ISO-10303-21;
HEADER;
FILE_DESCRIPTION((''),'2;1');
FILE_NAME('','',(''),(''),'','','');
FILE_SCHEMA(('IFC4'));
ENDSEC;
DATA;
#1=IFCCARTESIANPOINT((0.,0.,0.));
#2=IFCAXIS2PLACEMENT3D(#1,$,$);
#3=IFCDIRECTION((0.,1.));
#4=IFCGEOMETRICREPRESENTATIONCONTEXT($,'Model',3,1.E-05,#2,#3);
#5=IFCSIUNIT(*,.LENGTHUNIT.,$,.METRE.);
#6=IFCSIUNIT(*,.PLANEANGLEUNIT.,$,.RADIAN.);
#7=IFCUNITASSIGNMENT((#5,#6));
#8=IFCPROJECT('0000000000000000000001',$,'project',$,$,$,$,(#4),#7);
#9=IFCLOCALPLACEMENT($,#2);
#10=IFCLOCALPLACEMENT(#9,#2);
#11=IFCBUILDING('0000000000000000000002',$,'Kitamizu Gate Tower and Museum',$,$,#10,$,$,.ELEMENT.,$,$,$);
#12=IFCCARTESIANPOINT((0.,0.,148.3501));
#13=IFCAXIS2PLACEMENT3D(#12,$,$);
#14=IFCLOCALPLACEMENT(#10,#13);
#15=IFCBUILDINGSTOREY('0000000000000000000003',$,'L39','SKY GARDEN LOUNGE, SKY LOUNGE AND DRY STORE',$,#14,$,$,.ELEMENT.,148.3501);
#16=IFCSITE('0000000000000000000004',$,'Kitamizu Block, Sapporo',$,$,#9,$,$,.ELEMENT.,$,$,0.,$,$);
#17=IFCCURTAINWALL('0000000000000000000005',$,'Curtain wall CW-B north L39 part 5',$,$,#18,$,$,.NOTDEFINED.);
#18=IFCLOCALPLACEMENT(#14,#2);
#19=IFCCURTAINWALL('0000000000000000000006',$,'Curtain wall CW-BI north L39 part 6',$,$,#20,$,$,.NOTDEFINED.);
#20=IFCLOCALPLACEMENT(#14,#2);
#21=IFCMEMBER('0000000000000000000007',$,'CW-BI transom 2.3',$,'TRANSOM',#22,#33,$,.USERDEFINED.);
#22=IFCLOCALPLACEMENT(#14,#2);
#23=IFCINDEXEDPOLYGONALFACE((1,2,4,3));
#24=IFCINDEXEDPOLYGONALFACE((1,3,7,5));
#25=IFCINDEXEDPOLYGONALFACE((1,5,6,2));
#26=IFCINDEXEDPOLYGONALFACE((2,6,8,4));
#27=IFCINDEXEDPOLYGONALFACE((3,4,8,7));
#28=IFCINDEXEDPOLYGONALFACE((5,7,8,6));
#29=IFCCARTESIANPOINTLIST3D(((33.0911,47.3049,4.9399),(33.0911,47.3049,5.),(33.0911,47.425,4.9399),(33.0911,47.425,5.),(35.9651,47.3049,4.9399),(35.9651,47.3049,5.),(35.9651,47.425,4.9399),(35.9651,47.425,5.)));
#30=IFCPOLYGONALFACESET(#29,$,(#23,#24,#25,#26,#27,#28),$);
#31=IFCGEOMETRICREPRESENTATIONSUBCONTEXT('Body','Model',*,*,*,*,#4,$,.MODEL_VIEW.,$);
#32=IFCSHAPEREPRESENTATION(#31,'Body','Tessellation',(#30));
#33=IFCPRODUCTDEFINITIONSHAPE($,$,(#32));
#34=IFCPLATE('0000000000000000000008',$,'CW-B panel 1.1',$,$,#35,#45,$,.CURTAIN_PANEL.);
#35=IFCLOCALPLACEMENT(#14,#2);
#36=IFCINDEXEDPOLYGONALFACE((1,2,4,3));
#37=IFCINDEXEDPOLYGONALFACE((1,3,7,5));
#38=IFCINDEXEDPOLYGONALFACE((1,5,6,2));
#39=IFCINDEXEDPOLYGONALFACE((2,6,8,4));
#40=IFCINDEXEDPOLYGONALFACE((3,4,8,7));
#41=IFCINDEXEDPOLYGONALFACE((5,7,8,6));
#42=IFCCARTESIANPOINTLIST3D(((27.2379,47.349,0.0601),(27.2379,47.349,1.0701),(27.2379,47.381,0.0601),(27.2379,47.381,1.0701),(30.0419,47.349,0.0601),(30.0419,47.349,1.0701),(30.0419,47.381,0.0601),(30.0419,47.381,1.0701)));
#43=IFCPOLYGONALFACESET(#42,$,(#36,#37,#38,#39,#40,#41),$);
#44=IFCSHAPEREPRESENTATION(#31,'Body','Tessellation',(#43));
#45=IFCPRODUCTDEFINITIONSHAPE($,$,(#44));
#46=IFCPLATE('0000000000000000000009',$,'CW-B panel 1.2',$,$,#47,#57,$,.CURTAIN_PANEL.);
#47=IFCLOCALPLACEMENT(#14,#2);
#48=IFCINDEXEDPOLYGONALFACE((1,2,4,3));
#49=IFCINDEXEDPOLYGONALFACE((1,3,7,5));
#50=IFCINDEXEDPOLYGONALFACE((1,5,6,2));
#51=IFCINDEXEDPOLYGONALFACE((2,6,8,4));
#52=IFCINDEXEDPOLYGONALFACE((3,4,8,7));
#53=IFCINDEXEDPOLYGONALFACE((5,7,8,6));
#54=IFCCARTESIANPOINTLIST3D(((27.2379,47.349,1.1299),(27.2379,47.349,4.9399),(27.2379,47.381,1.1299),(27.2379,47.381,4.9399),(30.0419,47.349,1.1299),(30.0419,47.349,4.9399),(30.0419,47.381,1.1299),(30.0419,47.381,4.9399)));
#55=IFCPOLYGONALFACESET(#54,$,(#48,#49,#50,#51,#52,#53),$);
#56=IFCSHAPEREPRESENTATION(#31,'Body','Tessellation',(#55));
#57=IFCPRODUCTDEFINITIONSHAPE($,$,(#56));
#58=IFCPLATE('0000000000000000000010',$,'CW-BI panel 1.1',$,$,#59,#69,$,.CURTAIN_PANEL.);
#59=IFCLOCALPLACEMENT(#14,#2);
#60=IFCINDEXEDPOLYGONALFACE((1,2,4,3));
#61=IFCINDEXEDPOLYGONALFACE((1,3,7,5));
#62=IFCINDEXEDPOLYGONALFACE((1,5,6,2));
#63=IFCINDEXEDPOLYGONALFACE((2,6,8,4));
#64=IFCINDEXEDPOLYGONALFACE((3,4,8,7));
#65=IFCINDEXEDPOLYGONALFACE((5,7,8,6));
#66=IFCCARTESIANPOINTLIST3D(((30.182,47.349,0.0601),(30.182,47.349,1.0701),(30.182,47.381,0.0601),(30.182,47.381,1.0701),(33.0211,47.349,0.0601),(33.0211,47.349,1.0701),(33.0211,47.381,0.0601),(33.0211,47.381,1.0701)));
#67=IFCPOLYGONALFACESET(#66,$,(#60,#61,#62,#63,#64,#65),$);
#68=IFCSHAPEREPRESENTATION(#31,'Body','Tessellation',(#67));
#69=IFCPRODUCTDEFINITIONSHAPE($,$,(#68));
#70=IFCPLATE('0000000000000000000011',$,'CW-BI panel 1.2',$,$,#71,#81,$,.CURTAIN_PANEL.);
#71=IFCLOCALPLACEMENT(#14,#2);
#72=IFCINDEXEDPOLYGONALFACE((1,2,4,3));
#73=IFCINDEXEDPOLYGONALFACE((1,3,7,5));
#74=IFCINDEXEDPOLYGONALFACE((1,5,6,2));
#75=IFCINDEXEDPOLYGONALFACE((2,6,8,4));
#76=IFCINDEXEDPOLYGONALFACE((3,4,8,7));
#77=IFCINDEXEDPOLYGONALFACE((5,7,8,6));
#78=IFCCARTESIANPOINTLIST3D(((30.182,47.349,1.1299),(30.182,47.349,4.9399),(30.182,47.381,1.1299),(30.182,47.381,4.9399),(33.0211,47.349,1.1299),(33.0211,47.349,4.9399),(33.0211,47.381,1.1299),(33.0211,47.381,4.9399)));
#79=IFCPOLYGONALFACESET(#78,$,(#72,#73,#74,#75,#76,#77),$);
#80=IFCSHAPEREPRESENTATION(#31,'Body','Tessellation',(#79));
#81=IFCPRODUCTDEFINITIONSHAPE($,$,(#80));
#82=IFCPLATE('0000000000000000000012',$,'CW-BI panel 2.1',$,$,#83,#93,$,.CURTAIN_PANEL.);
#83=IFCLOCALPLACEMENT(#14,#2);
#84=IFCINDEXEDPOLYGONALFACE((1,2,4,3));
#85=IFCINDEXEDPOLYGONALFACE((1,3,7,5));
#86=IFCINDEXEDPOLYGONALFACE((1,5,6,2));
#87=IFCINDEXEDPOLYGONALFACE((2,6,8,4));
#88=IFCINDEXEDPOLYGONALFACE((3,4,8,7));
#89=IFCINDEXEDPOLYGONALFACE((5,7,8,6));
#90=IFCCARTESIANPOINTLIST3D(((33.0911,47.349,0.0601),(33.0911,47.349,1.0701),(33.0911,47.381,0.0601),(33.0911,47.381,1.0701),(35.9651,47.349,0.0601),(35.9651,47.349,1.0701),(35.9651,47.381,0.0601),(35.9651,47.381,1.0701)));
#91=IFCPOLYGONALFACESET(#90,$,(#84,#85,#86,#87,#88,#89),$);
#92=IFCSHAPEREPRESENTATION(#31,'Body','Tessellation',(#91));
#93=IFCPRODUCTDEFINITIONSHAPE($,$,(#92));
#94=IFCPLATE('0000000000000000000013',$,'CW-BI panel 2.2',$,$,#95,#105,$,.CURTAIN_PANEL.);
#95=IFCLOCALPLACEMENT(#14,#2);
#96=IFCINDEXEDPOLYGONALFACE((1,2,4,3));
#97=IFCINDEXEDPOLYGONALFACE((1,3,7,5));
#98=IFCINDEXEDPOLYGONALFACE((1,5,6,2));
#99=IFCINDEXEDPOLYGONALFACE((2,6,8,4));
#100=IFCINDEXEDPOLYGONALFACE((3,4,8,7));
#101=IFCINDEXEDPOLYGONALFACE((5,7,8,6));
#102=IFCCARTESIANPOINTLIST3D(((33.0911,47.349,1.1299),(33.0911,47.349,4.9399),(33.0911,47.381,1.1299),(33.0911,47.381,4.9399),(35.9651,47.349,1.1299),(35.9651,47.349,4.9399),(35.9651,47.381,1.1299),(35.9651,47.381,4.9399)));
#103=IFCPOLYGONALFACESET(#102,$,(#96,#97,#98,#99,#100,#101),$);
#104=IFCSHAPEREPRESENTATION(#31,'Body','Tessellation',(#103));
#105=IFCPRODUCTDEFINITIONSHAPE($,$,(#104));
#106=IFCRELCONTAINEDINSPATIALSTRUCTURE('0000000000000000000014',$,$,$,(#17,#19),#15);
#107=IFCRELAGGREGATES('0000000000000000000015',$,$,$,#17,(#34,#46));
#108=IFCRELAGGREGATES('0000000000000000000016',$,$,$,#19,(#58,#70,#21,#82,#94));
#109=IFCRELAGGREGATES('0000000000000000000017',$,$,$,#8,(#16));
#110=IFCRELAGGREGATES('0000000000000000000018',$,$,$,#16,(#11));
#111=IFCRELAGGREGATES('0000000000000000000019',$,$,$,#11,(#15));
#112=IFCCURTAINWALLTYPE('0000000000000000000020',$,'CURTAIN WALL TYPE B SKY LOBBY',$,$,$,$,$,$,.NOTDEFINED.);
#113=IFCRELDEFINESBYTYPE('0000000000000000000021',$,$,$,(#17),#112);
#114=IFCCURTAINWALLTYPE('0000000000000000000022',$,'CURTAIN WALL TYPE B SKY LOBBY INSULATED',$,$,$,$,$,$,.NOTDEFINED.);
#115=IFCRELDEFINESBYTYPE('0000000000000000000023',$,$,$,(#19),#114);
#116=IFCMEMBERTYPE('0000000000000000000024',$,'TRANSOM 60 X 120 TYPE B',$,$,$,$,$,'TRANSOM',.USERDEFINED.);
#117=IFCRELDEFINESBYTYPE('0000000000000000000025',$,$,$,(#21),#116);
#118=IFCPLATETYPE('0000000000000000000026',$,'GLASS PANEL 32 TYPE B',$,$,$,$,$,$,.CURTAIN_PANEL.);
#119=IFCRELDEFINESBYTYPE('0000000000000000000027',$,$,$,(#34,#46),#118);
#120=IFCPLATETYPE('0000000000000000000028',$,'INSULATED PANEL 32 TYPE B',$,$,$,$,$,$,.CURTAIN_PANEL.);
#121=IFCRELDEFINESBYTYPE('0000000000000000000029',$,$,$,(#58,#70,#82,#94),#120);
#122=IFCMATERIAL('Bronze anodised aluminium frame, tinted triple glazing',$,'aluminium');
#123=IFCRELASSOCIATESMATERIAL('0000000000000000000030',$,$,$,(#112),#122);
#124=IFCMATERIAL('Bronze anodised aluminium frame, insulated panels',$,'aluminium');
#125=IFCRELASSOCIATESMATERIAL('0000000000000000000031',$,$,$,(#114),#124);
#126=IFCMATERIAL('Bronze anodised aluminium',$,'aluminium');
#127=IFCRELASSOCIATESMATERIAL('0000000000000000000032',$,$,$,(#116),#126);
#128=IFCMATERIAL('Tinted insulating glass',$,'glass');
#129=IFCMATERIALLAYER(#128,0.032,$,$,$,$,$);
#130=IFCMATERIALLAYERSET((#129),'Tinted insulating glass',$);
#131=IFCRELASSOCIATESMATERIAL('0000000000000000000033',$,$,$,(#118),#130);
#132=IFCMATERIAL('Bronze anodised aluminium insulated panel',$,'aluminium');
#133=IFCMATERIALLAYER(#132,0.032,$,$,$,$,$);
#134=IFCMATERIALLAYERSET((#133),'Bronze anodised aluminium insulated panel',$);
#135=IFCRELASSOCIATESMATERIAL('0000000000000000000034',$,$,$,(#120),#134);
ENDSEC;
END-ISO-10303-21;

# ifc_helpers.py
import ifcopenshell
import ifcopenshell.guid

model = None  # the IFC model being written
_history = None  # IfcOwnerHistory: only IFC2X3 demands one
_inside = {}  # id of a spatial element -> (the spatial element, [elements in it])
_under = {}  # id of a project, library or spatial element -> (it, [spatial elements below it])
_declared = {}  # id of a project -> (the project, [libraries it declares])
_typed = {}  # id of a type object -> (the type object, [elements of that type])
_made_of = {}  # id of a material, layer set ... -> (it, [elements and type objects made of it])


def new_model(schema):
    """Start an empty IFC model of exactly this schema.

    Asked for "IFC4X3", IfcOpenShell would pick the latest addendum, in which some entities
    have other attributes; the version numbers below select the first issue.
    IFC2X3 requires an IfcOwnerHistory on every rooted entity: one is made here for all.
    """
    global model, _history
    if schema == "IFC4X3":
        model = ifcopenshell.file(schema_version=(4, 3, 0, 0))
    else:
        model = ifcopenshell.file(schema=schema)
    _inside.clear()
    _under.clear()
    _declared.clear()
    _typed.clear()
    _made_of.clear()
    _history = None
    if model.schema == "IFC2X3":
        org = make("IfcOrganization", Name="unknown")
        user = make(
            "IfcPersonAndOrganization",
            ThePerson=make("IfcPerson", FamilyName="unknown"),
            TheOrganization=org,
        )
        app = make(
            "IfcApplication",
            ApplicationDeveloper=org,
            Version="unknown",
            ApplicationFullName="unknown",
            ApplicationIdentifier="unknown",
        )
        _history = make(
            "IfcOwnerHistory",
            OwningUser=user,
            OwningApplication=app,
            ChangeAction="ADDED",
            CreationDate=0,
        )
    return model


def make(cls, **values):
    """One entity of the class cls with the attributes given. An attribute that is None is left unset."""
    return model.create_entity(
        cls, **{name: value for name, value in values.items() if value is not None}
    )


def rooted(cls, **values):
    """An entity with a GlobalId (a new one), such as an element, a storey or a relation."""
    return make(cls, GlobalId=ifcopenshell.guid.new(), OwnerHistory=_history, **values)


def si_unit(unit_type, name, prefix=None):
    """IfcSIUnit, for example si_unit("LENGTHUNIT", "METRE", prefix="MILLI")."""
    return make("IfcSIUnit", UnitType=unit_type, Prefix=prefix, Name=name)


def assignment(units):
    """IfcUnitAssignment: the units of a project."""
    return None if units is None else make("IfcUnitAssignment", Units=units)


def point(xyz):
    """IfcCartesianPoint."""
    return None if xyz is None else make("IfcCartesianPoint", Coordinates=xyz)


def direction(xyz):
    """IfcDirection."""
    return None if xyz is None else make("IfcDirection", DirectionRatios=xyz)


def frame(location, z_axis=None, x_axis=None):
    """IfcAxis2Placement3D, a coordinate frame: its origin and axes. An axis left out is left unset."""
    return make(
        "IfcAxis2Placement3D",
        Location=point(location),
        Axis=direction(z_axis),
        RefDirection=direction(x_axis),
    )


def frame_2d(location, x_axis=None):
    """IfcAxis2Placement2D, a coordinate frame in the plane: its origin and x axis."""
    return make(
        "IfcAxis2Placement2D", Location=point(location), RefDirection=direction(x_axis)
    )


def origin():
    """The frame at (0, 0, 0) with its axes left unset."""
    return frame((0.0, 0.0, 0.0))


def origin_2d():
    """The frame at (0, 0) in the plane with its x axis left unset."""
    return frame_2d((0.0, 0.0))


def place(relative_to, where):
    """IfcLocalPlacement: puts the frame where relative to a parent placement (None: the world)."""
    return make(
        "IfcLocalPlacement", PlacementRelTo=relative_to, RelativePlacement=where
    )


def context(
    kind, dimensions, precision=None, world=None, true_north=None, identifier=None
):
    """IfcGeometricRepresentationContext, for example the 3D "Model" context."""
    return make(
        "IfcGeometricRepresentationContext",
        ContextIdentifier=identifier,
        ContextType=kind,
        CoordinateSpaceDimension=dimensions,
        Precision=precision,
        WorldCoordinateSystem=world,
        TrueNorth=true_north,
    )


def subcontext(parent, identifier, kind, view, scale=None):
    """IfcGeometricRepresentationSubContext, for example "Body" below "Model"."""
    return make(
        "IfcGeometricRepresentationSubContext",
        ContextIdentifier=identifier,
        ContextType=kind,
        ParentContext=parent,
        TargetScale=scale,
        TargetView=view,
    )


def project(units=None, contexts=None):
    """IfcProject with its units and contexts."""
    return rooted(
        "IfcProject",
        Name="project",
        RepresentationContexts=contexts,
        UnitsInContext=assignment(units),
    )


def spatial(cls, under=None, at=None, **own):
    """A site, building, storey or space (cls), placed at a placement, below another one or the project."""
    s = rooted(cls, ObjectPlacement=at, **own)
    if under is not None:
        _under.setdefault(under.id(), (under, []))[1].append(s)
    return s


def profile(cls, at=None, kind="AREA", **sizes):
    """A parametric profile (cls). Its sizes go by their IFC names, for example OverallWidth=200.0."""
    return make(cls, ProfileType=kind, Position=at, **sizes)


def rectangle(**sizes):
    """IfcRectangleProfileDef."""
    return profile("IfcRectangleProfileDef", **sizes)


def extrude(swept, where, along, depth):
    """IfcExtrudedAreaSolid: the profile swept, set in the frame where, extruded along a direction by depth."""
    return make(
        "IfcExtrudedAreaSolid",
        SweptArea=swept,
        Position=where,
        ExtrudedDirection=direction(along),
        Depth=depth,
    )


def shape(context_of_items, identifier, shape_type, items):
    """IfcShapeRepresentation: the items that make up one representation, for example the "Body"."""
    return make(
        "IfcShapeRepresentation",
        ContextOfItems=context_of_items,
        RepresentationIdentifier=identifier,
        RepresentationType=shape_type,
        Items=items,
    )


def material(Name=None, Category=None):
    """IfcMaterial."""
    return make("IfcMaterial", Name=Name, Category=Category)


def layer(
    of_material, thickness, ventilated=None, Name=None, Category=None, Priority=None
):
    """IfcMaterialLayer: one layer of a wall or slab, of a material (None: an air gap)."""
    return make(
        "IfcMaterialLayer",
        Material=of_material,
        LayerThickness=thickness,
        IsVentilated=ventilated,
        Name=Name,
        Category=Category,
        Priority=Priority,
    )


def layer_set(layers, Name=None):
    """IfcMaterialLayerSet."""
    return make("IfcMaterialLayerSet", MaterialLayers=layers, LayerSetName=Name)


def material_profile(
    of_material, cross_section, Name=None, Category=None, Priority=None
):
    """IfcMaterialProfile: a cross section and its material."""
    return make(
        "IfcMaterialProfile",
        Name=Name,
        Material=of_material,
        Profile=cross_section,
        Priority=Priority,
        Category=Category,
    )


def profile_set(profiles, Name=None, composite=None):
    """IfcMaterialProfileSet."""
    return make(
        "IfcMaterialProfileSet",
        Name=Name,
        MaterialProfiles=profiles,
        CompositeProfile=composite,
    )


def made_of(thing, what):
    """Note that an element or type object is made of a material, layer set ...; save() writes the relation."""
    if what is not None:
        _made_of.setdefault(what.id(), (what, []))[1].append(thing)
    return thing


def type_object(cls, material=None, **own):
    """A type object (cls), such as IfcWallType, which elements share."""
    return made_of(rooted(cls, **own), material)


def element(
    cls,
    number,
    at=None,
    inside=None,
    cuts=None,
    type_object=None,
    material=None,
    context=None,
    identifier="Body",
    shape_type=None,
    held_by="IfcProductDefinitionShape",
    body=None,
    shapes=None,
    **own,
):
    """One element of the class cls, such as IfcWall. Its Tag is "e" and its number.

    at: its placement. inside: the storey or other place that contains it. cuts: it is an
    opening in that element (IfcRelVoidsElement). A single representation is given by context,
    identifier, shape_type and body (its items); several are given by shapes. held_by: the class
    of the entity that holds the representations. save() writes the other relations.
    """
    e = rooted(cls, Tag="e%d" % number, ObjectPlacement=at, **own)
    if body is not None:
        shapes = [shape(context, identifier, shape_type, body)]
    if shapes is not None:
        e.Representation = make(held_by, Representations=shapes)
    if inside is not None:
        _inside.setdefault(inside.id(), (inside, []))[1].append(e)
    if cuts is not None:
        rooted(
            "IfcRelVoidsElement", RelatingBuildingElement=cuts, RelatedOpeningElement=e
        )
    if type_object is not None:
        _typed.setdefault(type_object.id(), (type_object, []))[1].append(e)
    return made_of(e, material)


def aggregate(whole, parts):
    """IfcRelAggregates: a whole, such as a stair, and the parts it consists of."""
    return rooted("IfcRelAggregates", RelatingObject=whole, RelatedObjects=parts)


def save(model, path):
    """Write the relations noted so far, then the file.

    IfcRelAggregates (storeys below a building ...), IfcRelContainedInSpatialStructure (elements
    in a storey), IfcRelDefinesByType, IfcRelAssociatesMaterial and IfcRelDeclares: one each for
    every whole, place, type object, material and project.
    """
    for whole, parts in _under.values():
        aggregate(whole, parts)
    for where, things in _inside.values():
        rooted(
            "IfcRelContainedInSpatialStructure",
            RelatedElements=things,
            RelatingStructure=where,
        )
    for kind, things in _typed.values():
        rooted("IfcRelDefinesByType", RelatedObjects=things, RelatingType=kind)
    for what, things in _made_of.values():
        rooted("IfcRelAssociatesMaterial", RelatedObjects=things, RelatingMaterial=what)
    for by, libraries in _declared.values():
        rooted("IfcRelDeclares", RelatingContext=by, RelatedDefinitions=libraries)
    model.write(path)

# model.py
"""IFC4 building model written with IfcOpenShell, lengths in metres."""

from ifc_helpers import new_model, si_unit, direction, frame, origin, origin_2d, place, context, subcontext, project, spatial, rectangle, extrude, material, layer, layer_set, material_profile, profile_set, type_object, element, aggregate, save


model = new_model("IFC4")

# Units and contexts
model_context = context("Model", 3, precision=1e-05, world=origin(), true_north=direction((0.0, 1.0)))
body_context = subcontext(model_context, "Body", "Model", "MODEL_VIEW")
ifc_project = project(units=[si_unit("LENGTHUNIT", "METRE"), si_unit("PLANEANGLEUNIT", "RADIAN")], contexts=[model_context])

# Site, building, storey
site_placement = place(None, origin())
site = spatial("IfcSite", under=ifc_project, at=site_placement, Name="Kitamizu Block, Sapporo", CompositionType="ELEMENT", RefElevation=0.0)
building_placement = place(site_placement, origin())
building = spatial("IfcBuilding", under=site, at=building_placement, Name="Kitamizu Gate Tower and Museum", CompositionType="ELEMENT")
storey_placement = place(building_placement, frame((0.0, 0.0, 148.3501)))
storey = spatial("IfcBuildingStorey", under=building, at=storey_placement, Name="L39", Description="SKY GARDEN LOUNGE, SKY LOUNGE AND DRY STORE", CompositionType="ELEMENT", Elevation=148.3501)

# Curtain wall
ifc_material_1 = material(Name="Bronze anodised aluminium frame, tinted triple glazing", Category="aluminium")
curtain_wall_type_1 = type_object("IfcCurtainWallType", Name="CURTAIN WALL TYPE B SKY LOBBY", PredefinedType="NOTDEFINED", material=ifc_material_1)
curtain_wall_1_placement = place(storey_placement, origin())
curtain_wall_1 = element("IfcCurtainWall", 1, at=curtain_wall_1_placement, inside=storey, type_object=curtain_wall_type_1, Name="Curtain wall CW-B north L39 part 5", PredefinedType="NOTDEFINED")

# Curtain wall
ifc_material_2 = material(Name="Bronze anodised aluminium frame, insulated panels", Category="aluminium")
curtain_wall_type_2 = type_object("IfcCurtainWallType", Name="CURTAIN WALL TYPE B SKY LOBBY INSULATED", PredefinedType="NOTDEFINED", material=ifc_material_2)
curtain_wall_2_placement = place(storey_placement, origin())
curtain_wall_2 = element("IfcCurtainWall", 2, at=curtain_wall_2_placement, inside=storey, type_object=curtain_wall_type_2, Name="Curtain wall CW-BI north L39 part 6", PredefinedType="NOTDEFINED")

# Member
ifc_material_3 = material(Name="Bronze anodised aluminium", Category="aluminium")
ifc_material_profile_1 = material_profile(ifc_material_3, rectangle(XDim=0.1201, YDim=0.0601, at=origin_2d()), Name="AL 60X120")
ifc_profile_set_1 = profile_set([ifc_material_profile_1], Name="Bronze anodised aluminium")
member_type_1 = type_object("IfcMemberType", Name="TRANSOM 60 X 120 TYPE B", ElementType="TRANSOM", PredefinedType="USERDEFINED", material=ifc_profile_set_1)
member_1_placement = place(storey_placement, frame((33.0911, 47.365, 4.97), z_axis=(1.0, 0.0, 0.0), x_axis=(0.0, 1.0, 0.0)))
member_1 = element("IfcMember", 3, at=member_1_placement, type_object=member_type_1, Name="CW-BI transom 2.3", ObjectType="TRANSOM", PredefinedType="USERDEFINED", context=body_context, shape_type="SweptSolid", body=[
    extrude(rectangle(XDim=0.1201, YDim=0.0601, at=origin_2d()), origin(), (0.0, 0.0, 1.0), 2.874),
])

# Plates
ifc_material_4 = material(Name="Tinted insulating glass", Category="glass")
ifc_layer_1 = layer(ifc_material_4, 0.032)
ifc_layer_set_1 = layer_set([ifc_layer_1], Name="Tinted insulating glass")
plate_type_1 = type_object("IfcPlateType", Name="GLASS PANEL 32 TYPE B", PredefinedType="CURTAIN_PANEL", material=ifc_layer_set_1)
plate_1_placement = place(storey_placement, frame((28.6399, 47.365, 0.0601), z_axis=(0.0, 0.0, 1.0), x_axis=(1.0, 0.0, 0.0)))
plate_1 = element("IfcPlate", 4, at=plate_1_placement, type_object=plate_type_1, Name="CW-B panel 1.1", PredefinedType="CURTAIN_PANEL", context=body_context, shape_type="SweptSolid", body=[
    extrude(rectangle(XDim=2.804, YDim=0.032, at=origin_2d()), origin(), (0.0, 0.0, 1.0), 1.01),
])
plate_2_placement = place(storey_placement, frame((28.6399, 47.365, 1.1299), z_axis=(0.0, 0.0, 1.0), x_axis=(1.0, 0.0, 0.0)))
plate_2 = element("IfcPlate", 5, at=plate_2_placement, type_object=plate_type_1, Name="CW-B panel 1.2", PredefinedType="CURTAIN_PANEL", context=body_context, shape_type="SweptSolid", body=[
    extrude(rectangle(XDim=2.804, YDim=0.032, at=origin_2d()), origin(), (0.0, 0.0, 1.0), 3.8101),
])
aggregate(curtain_wall_1, [plate_1, plate_2])
ifc_material_5 = material(Name="Bronze anodised aluminium insulated panel", Category="aluminium")
ifc_layer_2 = layer(ifc_material_5, 0.032)
ifc_layer_set_2 = layer_set([ifc_layer_2], Name="Bronze anodised aluminium insulated panel")
plate_type_2 = type_object("IfcPlateType", Name="INSULATED PANEL 32 TYPE B", PredefinedType="CURTAIN_PANEL", material=ifc_layer_set_2)
plate_3_placement = place(storey_placement, frame((31.6016, 47.365, 0.0601), z_axis=(0.0, 0.0, 1.0), x_axis=(1.0, 0.0, 0.0)))
plate_3 = element("IfcPlate", 6, at=plate_3_placement, type_object=plate_type_2, Name="CW-BI panel 1.1", PredefinedType="CURTAIN_PANEL", context=body_context, shape_type="SweptSolid", body=[
    extrude(rectangle(XDim=2.8391, YDim=0.032, at=origin_2d()), origin(), (0.0, 0.0, 1.0), 1.01),
])
plate_4_placement = place(storey_placement, frame((31.6016, 47.365, 1.1299), z_axis=(0.0, 0.0, 1.0), x_axis=(1.0, 0.0, 0.0)))
plate_4 = element("IfcPlate", 7, at=plate_4_placement, type_object=plate_type_2, Name="CW-BI panel 1.2", PredefinedType="CURTAIN_PANEL", context=body_context, shape_type="SweptSolid", body=[
    extrude(rectangle(XDim=2.8391, YDim=0.032, at=origin_2d()), origin(), (0.0, 0.0, 1.0), 3.8101),
])
plate_5_placement = place(storey_placement, frame((34.5281, 47.365, 0.0601), z_axis=(0.0, 0.0, 1.0), x_axis=(1.0, 0.0, 0.0)))
plate_5 = element("IfcPlate", 8, at=plate_5_placement, type_object=plate_type_2, Name="CW-BI panel 2.1", PredefinedType="CURTAIN_PANEL", context=body_context, shape_type="SweptSolid", body=[
    extrude(rectangle(XDim=2.874, YDim=0.032, at=origin_2d()), origin(), (0.0, 0.0, 1.0), 1.01),
])
plate_6_placement = place(storey_placement, frame((34.5281, 47.365, 1.1299), z_axis=(0.0, 0.0, 1.0), x_axis=(1.0, 0.0, 0.0)))
plate_6 = element("IfcPlate", 9, at=plate_6_placement, type_object=plate_type_2, Name="CW-BI panel 2.2", PredefinedType="CURTAIN_PANEL", context=body_context, shape_type="SweptSolid", body=[
    extrude(rectangle(XDim=2.874, YDim=0.032, at=origin_2d()), origin(), (0.0, 0.0, 1.0), 3.8101),
])
aggregate(curtain_wall_2, [plate_3, plate_4, member_1, plate_5, plate_6])

save(model, "model.ifc")
